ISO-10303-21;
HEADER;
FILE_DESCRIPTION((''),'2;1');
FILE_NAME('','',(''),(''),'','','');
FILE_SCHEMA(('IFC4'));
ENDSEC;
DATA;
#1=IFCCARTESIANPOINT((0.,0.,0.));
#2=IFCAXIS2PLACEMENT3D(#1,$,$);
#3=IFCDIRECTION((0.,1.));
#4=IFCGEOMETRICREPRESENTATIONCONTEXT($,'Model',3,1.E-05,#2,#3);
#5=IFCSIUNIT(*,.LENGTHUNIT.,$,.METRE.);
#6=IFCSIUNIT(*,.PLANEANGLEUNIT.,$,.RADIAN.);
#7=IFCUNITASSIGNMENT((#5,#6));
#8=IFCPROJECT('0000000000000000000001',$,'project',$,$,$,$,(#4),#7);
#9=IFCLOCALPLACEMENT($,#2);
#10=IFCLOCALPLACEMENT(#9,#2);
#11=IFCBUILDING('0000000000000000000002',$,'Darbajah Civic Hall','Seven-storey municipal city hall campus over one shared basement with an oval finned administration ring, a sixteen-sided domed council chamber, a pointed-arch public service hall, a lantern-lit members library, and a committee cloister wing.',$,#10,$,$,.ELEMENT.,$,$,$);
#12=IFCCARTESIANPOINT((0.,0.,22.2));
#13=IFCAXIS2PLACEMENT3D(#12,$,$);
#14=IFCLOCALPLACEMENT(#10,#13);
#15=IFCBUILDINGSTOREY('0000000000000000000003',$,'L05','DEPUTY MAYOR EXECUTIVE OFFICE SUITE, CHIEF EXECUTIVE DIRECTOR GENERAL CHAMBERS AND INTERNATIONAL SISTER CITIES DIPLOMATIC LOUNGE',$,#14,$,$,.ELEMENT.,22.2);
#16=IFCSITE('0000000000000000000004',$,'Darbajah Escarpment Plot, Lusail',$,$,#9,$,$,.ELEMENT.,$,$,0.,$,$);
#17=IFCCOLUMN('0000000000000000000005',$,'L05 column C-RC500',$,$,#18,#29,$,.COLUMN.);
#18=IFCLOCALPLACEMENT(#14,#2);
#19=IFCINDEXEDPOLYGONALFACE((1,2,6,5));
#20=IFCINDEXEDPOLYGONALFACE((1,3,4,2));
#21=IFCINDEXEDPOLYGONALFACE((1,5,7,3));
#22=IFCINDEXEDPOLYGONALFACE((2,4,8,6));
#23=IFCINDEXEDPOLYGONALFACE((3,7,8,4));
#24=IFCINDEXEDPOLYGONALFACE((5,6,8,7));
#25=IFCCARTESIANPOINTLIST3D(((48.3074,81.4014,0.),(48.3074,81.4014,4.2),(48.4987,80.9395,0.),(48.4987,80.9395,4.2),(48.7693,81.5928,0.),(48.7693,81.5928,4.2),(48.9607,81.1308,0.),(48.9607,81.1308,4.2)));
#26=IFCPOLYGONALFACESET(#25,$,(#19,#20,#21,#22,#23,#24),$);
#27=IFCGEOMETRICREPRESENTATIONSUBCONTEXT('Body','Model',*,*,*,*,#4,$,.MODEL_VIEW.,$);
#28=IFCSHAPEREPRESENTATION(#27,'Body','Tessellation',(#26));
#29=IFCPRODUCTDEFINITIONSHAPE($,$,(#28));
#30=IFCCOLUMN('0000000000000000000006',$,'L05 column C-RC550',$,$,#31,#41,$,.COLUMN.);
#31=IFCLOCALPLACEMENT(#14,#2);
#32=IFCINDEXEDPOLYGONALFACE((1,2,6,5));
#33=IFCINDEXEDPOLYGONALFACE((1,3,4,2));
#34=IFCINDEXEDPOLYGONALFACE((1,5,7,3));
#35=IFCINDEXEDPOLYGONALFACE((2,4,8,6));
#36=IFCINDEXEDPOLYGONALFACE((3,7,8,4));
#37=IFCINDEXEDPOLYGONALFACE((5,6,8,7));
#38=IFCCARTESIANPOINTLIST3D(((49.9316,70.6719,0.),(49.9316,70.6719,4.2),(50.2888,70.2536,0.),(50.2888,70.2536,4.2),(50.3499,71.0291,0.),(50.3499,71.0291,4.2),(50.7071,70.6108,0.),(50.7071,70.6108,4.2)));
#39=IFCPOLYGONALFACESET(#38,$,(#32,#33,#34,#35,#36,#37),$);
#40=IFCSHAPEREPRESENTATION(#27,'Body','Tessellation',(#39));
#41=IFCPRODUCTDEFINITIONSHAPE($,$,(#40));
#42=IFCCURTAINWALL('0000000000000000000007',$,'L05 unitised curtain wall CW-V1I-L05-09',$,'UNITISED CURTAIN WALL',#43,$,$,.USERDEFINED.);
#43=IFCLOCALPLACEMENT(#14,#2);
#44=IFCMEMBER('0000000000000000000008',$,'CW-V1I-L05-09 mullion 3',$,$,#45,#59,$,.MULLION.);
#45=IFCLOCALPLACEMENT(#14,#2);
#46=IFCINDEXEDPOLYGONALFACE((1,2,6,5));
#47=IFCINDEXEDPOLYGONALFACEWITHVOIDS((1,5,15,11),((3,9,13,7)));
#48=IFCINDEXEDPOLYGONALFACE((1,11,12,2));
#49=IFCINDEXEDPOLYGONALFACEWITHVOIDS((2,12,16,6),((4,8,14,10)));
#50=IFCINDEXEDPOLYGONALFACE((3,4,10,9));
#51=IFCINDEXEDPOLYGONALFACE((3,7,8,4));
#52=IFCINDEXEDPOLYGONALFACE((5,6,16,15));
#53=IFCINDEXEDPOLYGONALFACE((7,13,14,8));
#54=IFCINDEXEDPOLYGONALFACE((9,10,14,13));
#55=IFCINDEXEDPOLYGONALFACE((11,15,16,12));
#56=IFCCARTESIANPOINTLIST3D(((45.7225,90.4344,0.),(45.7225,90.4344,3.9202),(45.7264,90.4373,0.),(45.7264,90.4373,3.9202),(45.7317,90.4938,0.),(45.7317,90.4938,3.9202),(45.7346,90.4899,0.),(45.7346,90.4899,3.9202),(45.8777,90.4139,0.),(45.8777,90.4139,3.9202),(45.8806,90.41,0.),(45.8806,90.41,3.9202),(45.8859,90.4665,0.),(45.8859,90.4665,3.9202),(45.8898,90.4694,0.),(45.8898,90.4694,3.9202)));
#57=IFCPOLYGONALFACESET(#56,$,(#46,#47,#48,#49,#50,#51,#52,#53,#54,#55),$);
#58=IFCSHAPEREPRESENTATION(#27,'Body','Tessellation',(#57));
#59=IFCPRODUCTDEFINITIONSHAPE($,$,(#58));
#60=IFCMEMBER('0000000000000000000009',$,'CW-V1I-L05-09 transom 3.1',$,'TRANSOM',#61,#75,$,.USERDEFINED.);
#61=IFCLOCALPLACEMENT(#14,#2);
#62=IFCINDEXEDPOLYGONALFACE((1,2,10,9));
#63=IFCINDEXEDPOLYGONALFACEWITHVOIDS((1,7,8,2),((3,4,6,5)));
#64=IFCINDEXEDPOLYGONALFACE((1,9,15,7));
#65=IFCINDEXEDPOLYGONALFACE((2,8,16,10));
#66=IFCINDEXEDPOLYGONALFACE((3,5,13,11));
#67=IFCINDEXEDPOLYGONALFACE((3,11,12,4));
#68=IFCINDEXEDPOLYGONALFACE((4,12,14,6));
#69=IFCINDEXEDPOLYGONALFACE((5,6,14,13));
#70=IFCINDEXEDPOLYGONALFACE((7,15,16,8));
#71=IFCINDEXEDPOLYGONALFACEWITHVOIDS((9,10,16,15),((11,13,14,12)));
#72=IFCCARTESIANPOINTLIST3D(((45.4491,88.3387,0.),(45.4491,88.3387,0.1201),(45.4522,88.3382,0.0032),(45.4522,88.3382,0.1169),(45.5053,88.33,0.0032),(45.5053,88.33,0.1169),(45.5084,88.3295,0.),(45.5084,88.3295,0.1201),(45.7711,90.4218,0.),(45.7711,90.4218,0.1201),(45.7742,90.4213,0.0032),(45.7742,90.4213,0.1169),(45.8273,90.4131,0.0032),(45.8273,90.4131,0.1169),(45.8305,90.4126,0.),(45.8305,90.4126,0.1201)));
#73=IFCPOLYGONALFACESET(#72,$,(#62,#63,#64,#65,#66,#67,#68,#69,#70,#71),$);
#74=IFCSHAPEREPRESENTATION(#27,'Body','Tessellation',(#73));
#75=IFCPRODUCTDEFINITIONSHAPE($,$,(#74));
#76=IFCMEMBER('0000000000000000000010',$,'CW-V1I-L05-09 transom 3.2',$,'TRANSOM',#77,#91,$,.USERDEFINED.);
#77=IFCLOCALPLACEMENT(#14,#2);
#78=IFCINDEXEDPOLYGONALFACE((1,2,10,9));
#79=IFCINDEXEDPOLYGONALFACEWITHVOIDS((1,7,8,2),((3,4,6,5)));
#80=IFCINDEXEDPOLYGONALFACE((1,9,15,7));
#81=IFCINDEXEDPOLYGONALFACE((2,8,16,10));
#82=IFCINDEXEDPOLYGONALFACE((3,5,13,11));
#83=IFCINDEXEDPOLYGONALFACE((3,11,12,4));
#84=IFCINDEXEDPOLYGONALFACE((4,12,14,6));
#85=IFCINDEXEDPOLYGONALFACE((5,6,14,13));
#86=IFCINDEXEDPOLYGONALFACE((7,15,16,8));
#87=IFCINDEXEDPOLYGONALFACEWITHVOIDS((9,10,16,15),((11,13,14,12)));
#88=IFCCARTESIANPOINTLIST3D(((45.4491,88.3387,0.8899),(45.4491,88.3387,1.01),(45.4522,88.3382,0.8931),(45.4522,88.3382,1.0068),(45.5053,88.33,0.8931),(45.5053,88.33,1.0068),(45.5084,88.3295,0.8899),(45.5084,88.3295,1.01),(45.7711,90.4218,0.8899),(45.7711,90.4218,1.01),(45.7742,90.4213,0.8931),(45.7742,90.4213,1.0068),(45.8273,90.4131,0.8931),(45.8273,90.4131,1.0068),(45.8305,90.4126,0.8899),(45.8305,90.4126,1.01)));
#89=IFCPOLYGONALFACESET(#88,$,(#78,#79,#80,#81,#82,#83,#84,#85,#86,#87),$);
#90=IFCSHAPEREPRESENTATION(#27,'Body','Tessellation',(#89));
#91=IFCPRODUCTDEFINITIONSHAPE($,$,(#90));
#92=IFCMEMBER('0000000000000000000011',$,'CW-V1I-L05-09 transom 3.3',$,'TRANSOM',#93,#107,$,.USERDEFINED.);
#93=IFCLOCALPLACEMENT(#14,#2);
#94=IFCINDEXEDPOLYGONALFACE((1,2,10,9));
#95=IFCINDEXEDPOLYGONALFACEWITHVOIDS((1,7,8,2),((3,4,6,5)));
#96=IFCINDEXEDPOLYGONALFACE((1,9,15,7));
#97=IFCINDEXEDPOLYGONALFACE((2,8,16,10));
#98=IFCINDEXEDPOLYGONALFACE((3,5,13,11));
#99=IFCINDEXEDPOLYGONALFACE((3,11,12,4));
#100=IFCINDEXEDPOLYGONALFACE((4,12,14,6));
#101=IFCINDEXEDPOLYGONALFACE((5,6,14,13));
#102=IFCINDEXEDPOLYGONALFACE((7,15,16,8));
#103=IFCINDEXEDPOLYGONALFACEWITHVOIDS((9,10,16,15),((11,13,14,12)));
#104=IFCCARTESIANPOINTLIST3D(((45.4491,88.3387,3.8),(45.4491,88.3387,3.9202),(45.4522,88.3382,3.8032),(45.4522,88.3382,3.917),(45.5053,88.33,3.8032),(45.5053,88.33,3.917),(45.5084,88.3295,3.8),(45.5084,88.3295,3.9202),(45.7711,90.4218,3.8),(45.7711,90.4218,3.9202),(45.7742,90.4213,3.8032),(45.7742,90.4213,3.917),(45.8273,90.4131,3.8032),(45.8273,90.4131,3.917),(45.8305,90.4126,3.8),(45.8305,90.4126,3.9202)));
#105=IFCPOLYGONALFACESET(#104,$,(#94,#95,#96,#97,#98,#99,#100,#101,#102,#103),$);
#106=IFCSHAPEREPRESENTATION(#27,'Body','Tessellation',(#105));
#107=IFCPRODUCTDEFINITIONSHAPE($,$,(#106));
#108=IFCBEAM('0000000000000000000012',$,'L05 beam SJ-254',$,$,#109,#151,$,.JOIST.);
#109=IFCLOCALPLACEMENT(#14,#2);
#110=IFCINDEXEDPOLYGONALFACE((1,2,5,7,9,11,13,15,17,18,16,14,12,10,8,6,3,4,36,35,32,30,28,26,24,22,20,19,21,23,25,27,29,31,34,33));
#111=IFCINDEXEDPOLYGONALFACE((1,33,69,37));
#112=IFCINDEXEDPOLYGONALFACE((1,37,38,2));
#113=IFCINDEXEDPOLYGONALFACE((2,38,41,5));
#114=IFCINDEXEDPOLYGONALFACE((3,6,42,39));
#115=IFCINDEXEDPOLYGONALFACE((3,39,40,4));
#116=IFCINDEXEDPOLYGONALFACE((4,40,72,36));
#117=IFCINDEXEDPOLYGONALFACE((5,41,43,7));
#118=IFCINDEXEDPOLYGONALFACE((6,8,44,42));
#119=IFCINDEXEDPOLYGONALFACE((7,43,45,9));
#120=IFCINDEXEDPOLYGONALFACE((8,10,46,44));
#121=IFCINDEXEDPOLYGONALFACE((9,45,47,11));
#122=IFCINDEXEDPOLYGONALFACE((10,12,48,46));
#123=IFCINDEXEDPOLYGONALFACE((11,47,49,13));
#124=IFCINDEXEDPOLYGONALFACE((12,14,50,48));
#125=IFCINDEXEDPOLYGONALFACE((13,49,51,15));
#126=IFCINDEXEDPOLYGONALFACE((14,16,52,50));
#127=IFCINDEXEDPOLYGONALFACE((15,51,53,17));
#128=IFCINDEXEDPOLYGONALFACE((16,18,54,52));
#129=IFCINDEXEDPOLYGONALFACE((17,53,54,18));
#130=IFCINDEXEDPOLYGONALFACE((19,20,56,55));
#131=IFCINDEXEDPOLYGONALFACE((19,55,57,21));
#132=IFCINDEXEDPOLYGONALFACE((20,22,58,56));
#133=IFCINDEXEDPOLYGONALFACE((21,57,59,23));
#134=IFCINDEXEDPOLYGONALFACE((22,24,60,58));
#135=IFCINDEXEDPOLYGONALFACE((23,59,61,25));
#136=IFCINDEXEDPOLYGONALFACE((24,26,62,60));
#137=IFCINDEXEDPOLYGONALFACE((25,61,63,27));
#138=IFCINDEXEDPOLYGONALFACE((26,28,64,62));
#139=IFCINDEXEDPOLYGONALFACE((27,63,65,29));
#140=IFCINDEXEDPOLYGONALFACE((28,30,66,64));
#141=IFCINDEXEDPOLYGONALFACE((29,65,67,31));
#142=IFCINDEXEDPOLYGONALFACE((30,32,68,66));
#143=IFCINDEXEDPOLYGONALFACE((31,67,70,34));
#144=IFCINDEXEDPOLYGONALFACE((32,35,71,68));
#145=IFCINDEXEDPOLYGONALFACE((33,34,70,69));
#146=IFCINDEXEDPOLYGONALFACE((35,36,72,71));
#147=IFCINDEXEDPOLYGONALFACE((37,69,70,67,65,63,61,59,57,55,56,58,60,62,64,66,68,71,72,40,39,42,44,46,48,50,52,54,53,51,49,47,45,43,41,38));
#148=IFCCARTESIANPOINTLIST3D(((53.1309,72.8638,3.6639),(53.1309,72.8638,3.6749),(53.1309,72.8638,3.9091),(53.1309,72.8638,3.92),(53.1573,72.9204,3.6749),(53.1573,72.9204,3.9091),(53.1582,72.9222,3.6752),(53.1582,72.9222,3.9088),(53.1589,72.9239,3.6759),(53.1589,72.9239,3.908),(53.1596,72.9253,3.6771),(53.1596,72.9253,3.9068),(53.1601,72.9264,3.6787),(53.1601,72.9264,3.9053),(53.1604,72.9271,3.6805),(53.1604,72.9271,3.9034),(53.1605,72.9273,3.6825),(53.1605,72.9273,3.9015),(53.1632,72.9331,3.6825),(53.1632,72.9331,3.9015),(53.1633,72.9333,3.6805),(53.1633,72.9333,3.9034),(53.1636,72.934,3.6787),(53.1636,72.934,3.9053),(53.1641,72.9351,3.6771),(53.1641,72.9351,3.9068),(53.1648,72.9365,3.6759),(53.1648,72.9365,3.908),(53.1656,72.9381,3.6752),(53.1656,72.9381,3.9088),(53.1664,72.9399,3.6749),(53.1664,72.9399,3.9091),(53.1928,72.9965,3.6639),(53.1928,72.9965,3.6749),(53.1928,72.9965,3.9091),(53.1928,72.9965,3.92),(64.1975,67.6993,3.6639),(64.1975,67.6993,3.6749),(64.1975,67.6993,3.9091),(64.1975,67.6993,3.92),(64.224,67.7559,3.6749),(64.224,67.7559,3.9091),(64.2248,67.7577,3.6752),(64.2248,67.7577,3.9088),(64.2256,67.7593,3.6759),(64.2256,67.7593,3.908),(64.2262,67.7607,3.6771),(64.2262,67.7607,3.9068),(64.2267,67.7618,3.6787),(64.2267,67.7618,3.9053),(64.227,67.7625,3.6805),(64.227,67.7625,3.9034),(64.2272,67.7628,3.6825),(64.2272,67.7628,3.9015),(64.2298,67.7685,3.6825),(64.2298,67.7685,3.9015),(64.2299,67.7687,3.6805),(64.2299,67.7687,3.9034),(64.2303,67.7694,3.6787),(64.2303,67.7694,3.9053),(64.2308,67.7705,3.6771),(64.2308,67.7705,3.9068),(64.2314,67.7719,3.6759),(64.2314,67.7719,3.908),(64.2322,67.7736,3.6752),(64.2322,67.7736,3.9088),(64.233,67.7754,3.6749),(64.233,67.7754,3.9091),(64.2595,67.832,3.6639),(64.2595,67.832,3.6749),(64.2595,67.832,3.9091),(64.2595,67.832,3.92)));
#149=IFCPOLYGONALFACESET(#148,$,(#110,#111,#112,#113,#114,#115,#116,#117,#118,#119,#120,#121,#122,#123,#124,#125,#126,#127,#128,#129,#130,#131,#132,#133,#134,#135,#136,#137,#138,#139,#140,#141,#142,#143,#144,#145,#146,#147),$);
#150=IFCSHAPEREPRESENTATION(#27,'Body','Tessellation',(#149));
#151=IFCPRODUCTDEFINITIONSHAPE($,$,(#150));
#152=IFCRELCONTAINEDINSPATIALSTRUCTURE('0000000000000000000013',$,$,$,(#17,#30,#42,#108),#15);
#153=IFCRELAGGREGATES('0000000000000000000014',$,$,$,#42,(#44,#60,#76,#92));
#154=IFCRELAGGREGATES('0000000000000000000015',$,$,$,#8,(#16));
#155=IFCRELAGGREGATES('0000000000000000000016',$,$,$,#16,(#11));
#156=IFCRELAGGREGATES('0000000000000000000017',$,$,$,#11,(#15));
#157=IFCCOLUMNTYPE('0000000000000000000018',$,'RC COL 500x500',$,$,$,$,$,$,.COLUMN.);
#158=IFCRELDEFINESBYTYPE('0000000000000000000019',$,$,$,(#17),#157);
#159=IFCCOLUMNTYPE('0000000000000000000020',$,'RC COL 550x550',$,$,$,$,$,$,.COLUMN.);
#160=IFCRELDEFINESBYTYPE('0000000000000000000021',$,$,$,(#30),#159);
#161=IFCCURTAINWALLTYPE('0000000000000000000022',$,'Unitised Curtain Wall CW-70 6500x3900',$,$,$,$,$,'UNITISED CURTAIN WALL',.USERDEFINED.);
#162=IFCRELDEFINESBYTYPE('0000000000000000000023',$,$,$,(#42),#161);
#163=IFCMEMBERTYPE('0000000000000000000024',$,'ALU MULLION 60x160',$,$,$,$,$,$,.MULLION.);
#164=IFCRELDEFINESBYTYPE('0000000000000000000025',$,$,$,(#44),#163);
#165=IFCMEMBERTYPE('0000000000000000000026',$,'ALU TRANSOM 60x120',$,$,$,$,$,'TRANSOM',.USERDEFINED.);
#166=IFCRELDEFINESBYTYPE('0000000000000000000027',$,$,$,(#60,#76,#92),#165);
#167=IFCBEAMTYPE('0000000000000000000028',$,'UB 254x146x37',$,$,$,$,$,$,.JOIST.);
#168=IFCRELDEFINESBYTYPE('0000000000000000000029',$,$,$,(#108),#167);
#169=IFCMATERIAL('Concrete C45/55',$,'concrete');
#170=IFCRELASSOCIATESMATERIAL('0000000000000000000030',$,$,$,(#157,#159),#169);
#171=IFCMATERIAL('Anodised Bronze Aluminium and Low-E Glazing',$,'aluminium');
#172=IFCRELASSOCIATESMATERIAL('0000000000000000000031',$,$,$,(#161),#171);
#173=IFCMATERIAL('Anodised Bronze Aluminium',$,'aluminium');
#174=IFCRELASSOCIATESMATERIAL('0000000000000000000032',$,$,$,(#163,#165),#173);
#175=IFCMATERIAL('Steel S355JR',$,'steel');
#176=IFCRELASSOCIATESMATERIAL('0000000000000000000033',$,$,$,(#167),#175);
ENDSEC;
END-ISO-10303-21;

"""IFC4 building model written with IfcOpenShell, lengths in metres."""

from ifc_helpers import new_model, si_unit, direction, frame, origin, origin_2d, place, context, subcontext, project, spatial, rectangle, hollow_rectangle, i_section, extrude, material, material_profile, profile_set, type_object, element, aggregate, save


model = new_model("IFC4")

# Units and contexts
model_context = context("Model", 3, precision=1e-05, world=origin(), true_north=direction((0.0, 1.0)))
body_context = subcontext(model_context, "Body", "Model", "MODEL_VIEW")
ifc_project = project(units=[si_unit("LENGTHUNIT", "METRE"), si_unit("PLANEANGLEUNIT", "RADIAN")], contexts=[model_context])

# Site, building, storey
site_placement = place(None, origin())
site = spatial("IfcSite", under=ifc_project, at=site_placement, Name="Darbajah Escarpment Plot, Lusail", CompositionType="ELEMENT", RefElevation=0.0)
building_placement = place(site_placement, origin())
building = spatial("IfcBuilding", under=site, at=building_placement, Name="Darbajah Civic Hall", Description="Seven-storey municipal city hall campus over one shared basement with an oval finned administration ring, a sixteen-sided domed council chamber, a pointed-arch public service hall, a lantern-lit members library, and a committee cloister wing.", CompositionType="ELEMENT")
storey_placement = place(building_placement, frame((0.0, 0.0, 22.2)))
storey = spatial("IfcBuildingStorey", under=building, at=storey_placement, Name="L05", Description="DEPUTY MAYOR EXECUTIVE OFFICE SUITE, CHIEF EXECUTIVE DIRECTOR GENERAL CHAMBERS AND INTERNATIONAL SISTER CITIES DIPLOMATIC LOUNGE", CompositionType="ELEMENT", Elevation=22.2)

# Columns
ifc_material_1 = material(Name="Concrete C45/55", Category="concrete")
ifc_material_profile_1 = material_profile(ifc_material_1, rectangle(XDim=0.5, YDim=0.5, at=origin_2d()), Name="RC COL 500x500")
ifc_profile_set_1 = profile_set([ifc_material_profile_1], Name="Concrete C45/55")
column_type_1 = type_object("IfcColumnType", Name="RC COL 500x500", PredefinedType="COLUMN", material=ifc_profile_set_1)
column_1_placement = place(storey_placement, frame((48.634, 81.2661, 0.0), z_axis=(0.0, 0.0, 1.0), x_axis=(-0.92388, -0.382683, 0.0)))
element("IfcColumn", 1, at=column_1_placement, inside=storey, type_object=column_type_1, Name="L05 column C-RC500", PredefinedType="COLUMN", context=body_context, shape_type="SweptSolid", body=[
    extrude(rectangle(XDim=0.5, YDim=0.5, at=origin_2d()), origin(), (0.0, 0.0, 1.0), 4.2),
])
ifc_material_profile_2 = material_profile(ifc_material_1, rectangle(XDim=0.55, YDim=0.55, at=origin_2d()), Name="RC COL 550x550")
ifc_profile_set_2 = profile_set([ifc_material_profile_2], Name="Concrete C45/55")
column_type_2 = type_object("IfcColumnType", Name="RC COL 550x550", PredefinedType="COLUMN", material=ifc_profile_set_2)
column_2_placement = place(storey_placement, frame((50.3193, 70.6414, 0.0), z_axis=(0.0, 0.0, 1.0), x_axis=(-0.760406, -0.649448, 0.0)))
element("IfcColumn", 2, at=column_2_placement, inside=storey, type_object=column_type_2, Name="L05 column C-RC550", PredefinedType="COLUMN", context=body_context, shape_type="SweptSolid", body=[
    extrude(rectangle(XDim=0.55, YDim=0.55, at=origin_2d()), origin(), (0.0, 0.0, 1.0), 4.2),
])

# Curtain wall, members
ifc_material_2 = material(Name="Anodised Bronze Aluminium and Low-E Glazing", Category="aluminium")
curtain_wall_type = type_object("IfcCurtainWallType", Name="Unitised Curtain Wall CW-70 6500x3900", ElementType="UNITISED CURTAIN WALL", PredefinedType="USERDEFINED", material=ifc_material_2)
curtain_wall_placement = place(storey_placement, origin())
curtain_wall = element("IfcCurtainWall", 3, at=curtain_wall_placement, inside=storey, type_object=curtain_wall_type, Name="L05 unitised curtain wall CW-V1I-L05-09", ObjectType="UNITISED CURTAIN WALL", PredefinedType="USERDEFINED")
ifc_material_3 = material(Name="Anodised Bronze Aluminium", Category="aluminium")
ifc_material_profile_3 = material_profile(ifc_material_3, hollow_rectangle(XDim=0.0601, YDim=0.1599, WallThickness=0.0034, at=origin_2d()), Name="ALU MULLION 60x160")
ifc_profile_set_3 = profile_set([ifc_material_profile_3], Name="Anodised Bronze Aluminium")
member_type_1 = type_object("IfcMemberType", Name="ALU MULLION 60x160", PredefinedType="MULLION", material=ifc_profile_set_3)
member_1_placement = place(storey_placement, frame((45.8062, 90.4519, 0.0), z_axis=(0.0, 0.0, 1.0), x_axis=(-0.152813, -0.988255, 0.0)))
member_1 = element("IfcMember", 4, at=member_1_placement, type_object=member_type_1, Name="CW-V1I-L05-09 mullion 3", PredefinedType="MULLION", context=body_context, shape_type="SweptSolid", body=[
    extrude(hollow_rectangle(XDim=0.0601, YDim=0.1599, WallThickness=0.0034, at=origin_2d()), origin(), (0.0, 0.0, 1.0), 3.9202),
])
ifc_material_profile_4 = material_profile(ifc_material_3, hollow_rectangle(XDim=0.0601, YDim=0.1201, WallThickness=0.0032, at=origin_2d()), Name="ALU TRANSOM 60x120")
ifc_profile_set_4 = profile_set([ifc_material_profile_4], Name="Anodised Bronze Aluminium")
member_type_2 = type_object("IfcMemberType", Name="ALU TRANSOM 60x120", ElementType="TRANSOM", PredefinedType="USERDEFINED", material=ifc_profile_set_4)
member_2_placement = place(storey_placement, frame((45.8008, 90.4172, 0.0601), z_axis=(-0.152762, -0.988263, 0.0), x_axis=(0.988263, -0.152762, 0.0)))
member_2 = element("IfcMember", 5, at=member_2_placement, type_object=member_type_2, Name="CW-V1I-L05-09 transom 3.1", ObjectType="TRANSOM", PredefinedType="USERDEFINED", context=body_context, shape_type="SweptSolid", body=[
    extrude(hollow_rectangle(XDim=0.0601, YDim=0.1201, WallThickness=0.0032, at=origin_2d()), origin(), (0.0, 0.0, 1.0), 2.1079),
])
member_3_placement = place(storey_placement, frame((45.8008, 90.4172, 0.95), z_axis=(-0.152762, -0.988263, 0.0), x_axis=(0.988263, -0.152762, 0.0)))
member_3 = element("IfcMember", 6, at=member_3_placement, type_object=member_type_2, Name="CW-V1I-L05-09 transom 3.2", ObjectType="TRANSOM", PredefinedType="USERDEFINED", context=body_context, shape_type="SweptSolid", body=[
    extrude(hollow_rectangle(XDim=0.0601, YDim=0.1201, WallThickness=0.0032, at=origin_2d()), origin(), (0.0, 0.0, 1.0), 2.1079),
])
member_4_placement = place(storey_placement, frame((45.8008, 90.4172, 3.8601), z_axis=(-0.152762, -0.988263, 0.0), x_axis=(0.988263, -0.152762, 0.0)))
member_4 = element("IfcMember", 7, at=member_4_placement, type_object=member_type_2, Name="CW-V1I-L05-09 transom 3.3", ObjectType="TRANSOM", PredefinedType="USERDEFINED", context=body_context, shape_type="SweptSolid", body=[
    extrude(hollow_rectangle(XDim=0.0601, YDim=0.1201, WallThickness=0.0032, at=origin_2d()), origin(), (0.0, 0.0, 1.0), 2.1079),
])

# Beam
ifc_material_4 = material(Name="Steel S355JR", Category="steel")
ifc_material_profile_5 = material_profile(ifc_material_4, i_section(OverallWidth=0.1465, OverallDepth=0.2561, WebThickness=0.0063, FlangeThickness=0.011, FilletRadius=0.0076, at=origin_2d()), Name="UB 254x146x37")
ifc_profile_set_5 = profile_set([ifc_material_profile_5], Name="Steel S355JR")
beam_type_1 = type_object("IfcBeamType", Name="UB 254x146x37", PredefinedType="JOIST", material=ifc_profile_set_5)
beam_1_placement = place(storey_placement, frame((53.1619, 72.9302, 3.792), z_axis=(0.90618, -0.422893, 0.0), x_axis=(0.422893, 0.90618, 0.0)))
element("IfcBeam", 8, at=beam_1_placement, inside=storey, type_object=beam_type_1, Name="L05 beam SJ-254", PredefinedType="JOIST", context=body_context, shape_type="SweptSolid", body=[
    extrude(i_section(OverallWidth=0.1465, OverallDepth=0.2561, WebThickness=0.0063, FlangeThickness=0.011, FilletRadius=0.0076, at=origin_2d()), origin(), (0.0, 0.0, 1.0), 12.2124),
])

aggregate(curtain_wall, [member_1, member_2, member_3, member_4])

save(model, "model.ifc")
